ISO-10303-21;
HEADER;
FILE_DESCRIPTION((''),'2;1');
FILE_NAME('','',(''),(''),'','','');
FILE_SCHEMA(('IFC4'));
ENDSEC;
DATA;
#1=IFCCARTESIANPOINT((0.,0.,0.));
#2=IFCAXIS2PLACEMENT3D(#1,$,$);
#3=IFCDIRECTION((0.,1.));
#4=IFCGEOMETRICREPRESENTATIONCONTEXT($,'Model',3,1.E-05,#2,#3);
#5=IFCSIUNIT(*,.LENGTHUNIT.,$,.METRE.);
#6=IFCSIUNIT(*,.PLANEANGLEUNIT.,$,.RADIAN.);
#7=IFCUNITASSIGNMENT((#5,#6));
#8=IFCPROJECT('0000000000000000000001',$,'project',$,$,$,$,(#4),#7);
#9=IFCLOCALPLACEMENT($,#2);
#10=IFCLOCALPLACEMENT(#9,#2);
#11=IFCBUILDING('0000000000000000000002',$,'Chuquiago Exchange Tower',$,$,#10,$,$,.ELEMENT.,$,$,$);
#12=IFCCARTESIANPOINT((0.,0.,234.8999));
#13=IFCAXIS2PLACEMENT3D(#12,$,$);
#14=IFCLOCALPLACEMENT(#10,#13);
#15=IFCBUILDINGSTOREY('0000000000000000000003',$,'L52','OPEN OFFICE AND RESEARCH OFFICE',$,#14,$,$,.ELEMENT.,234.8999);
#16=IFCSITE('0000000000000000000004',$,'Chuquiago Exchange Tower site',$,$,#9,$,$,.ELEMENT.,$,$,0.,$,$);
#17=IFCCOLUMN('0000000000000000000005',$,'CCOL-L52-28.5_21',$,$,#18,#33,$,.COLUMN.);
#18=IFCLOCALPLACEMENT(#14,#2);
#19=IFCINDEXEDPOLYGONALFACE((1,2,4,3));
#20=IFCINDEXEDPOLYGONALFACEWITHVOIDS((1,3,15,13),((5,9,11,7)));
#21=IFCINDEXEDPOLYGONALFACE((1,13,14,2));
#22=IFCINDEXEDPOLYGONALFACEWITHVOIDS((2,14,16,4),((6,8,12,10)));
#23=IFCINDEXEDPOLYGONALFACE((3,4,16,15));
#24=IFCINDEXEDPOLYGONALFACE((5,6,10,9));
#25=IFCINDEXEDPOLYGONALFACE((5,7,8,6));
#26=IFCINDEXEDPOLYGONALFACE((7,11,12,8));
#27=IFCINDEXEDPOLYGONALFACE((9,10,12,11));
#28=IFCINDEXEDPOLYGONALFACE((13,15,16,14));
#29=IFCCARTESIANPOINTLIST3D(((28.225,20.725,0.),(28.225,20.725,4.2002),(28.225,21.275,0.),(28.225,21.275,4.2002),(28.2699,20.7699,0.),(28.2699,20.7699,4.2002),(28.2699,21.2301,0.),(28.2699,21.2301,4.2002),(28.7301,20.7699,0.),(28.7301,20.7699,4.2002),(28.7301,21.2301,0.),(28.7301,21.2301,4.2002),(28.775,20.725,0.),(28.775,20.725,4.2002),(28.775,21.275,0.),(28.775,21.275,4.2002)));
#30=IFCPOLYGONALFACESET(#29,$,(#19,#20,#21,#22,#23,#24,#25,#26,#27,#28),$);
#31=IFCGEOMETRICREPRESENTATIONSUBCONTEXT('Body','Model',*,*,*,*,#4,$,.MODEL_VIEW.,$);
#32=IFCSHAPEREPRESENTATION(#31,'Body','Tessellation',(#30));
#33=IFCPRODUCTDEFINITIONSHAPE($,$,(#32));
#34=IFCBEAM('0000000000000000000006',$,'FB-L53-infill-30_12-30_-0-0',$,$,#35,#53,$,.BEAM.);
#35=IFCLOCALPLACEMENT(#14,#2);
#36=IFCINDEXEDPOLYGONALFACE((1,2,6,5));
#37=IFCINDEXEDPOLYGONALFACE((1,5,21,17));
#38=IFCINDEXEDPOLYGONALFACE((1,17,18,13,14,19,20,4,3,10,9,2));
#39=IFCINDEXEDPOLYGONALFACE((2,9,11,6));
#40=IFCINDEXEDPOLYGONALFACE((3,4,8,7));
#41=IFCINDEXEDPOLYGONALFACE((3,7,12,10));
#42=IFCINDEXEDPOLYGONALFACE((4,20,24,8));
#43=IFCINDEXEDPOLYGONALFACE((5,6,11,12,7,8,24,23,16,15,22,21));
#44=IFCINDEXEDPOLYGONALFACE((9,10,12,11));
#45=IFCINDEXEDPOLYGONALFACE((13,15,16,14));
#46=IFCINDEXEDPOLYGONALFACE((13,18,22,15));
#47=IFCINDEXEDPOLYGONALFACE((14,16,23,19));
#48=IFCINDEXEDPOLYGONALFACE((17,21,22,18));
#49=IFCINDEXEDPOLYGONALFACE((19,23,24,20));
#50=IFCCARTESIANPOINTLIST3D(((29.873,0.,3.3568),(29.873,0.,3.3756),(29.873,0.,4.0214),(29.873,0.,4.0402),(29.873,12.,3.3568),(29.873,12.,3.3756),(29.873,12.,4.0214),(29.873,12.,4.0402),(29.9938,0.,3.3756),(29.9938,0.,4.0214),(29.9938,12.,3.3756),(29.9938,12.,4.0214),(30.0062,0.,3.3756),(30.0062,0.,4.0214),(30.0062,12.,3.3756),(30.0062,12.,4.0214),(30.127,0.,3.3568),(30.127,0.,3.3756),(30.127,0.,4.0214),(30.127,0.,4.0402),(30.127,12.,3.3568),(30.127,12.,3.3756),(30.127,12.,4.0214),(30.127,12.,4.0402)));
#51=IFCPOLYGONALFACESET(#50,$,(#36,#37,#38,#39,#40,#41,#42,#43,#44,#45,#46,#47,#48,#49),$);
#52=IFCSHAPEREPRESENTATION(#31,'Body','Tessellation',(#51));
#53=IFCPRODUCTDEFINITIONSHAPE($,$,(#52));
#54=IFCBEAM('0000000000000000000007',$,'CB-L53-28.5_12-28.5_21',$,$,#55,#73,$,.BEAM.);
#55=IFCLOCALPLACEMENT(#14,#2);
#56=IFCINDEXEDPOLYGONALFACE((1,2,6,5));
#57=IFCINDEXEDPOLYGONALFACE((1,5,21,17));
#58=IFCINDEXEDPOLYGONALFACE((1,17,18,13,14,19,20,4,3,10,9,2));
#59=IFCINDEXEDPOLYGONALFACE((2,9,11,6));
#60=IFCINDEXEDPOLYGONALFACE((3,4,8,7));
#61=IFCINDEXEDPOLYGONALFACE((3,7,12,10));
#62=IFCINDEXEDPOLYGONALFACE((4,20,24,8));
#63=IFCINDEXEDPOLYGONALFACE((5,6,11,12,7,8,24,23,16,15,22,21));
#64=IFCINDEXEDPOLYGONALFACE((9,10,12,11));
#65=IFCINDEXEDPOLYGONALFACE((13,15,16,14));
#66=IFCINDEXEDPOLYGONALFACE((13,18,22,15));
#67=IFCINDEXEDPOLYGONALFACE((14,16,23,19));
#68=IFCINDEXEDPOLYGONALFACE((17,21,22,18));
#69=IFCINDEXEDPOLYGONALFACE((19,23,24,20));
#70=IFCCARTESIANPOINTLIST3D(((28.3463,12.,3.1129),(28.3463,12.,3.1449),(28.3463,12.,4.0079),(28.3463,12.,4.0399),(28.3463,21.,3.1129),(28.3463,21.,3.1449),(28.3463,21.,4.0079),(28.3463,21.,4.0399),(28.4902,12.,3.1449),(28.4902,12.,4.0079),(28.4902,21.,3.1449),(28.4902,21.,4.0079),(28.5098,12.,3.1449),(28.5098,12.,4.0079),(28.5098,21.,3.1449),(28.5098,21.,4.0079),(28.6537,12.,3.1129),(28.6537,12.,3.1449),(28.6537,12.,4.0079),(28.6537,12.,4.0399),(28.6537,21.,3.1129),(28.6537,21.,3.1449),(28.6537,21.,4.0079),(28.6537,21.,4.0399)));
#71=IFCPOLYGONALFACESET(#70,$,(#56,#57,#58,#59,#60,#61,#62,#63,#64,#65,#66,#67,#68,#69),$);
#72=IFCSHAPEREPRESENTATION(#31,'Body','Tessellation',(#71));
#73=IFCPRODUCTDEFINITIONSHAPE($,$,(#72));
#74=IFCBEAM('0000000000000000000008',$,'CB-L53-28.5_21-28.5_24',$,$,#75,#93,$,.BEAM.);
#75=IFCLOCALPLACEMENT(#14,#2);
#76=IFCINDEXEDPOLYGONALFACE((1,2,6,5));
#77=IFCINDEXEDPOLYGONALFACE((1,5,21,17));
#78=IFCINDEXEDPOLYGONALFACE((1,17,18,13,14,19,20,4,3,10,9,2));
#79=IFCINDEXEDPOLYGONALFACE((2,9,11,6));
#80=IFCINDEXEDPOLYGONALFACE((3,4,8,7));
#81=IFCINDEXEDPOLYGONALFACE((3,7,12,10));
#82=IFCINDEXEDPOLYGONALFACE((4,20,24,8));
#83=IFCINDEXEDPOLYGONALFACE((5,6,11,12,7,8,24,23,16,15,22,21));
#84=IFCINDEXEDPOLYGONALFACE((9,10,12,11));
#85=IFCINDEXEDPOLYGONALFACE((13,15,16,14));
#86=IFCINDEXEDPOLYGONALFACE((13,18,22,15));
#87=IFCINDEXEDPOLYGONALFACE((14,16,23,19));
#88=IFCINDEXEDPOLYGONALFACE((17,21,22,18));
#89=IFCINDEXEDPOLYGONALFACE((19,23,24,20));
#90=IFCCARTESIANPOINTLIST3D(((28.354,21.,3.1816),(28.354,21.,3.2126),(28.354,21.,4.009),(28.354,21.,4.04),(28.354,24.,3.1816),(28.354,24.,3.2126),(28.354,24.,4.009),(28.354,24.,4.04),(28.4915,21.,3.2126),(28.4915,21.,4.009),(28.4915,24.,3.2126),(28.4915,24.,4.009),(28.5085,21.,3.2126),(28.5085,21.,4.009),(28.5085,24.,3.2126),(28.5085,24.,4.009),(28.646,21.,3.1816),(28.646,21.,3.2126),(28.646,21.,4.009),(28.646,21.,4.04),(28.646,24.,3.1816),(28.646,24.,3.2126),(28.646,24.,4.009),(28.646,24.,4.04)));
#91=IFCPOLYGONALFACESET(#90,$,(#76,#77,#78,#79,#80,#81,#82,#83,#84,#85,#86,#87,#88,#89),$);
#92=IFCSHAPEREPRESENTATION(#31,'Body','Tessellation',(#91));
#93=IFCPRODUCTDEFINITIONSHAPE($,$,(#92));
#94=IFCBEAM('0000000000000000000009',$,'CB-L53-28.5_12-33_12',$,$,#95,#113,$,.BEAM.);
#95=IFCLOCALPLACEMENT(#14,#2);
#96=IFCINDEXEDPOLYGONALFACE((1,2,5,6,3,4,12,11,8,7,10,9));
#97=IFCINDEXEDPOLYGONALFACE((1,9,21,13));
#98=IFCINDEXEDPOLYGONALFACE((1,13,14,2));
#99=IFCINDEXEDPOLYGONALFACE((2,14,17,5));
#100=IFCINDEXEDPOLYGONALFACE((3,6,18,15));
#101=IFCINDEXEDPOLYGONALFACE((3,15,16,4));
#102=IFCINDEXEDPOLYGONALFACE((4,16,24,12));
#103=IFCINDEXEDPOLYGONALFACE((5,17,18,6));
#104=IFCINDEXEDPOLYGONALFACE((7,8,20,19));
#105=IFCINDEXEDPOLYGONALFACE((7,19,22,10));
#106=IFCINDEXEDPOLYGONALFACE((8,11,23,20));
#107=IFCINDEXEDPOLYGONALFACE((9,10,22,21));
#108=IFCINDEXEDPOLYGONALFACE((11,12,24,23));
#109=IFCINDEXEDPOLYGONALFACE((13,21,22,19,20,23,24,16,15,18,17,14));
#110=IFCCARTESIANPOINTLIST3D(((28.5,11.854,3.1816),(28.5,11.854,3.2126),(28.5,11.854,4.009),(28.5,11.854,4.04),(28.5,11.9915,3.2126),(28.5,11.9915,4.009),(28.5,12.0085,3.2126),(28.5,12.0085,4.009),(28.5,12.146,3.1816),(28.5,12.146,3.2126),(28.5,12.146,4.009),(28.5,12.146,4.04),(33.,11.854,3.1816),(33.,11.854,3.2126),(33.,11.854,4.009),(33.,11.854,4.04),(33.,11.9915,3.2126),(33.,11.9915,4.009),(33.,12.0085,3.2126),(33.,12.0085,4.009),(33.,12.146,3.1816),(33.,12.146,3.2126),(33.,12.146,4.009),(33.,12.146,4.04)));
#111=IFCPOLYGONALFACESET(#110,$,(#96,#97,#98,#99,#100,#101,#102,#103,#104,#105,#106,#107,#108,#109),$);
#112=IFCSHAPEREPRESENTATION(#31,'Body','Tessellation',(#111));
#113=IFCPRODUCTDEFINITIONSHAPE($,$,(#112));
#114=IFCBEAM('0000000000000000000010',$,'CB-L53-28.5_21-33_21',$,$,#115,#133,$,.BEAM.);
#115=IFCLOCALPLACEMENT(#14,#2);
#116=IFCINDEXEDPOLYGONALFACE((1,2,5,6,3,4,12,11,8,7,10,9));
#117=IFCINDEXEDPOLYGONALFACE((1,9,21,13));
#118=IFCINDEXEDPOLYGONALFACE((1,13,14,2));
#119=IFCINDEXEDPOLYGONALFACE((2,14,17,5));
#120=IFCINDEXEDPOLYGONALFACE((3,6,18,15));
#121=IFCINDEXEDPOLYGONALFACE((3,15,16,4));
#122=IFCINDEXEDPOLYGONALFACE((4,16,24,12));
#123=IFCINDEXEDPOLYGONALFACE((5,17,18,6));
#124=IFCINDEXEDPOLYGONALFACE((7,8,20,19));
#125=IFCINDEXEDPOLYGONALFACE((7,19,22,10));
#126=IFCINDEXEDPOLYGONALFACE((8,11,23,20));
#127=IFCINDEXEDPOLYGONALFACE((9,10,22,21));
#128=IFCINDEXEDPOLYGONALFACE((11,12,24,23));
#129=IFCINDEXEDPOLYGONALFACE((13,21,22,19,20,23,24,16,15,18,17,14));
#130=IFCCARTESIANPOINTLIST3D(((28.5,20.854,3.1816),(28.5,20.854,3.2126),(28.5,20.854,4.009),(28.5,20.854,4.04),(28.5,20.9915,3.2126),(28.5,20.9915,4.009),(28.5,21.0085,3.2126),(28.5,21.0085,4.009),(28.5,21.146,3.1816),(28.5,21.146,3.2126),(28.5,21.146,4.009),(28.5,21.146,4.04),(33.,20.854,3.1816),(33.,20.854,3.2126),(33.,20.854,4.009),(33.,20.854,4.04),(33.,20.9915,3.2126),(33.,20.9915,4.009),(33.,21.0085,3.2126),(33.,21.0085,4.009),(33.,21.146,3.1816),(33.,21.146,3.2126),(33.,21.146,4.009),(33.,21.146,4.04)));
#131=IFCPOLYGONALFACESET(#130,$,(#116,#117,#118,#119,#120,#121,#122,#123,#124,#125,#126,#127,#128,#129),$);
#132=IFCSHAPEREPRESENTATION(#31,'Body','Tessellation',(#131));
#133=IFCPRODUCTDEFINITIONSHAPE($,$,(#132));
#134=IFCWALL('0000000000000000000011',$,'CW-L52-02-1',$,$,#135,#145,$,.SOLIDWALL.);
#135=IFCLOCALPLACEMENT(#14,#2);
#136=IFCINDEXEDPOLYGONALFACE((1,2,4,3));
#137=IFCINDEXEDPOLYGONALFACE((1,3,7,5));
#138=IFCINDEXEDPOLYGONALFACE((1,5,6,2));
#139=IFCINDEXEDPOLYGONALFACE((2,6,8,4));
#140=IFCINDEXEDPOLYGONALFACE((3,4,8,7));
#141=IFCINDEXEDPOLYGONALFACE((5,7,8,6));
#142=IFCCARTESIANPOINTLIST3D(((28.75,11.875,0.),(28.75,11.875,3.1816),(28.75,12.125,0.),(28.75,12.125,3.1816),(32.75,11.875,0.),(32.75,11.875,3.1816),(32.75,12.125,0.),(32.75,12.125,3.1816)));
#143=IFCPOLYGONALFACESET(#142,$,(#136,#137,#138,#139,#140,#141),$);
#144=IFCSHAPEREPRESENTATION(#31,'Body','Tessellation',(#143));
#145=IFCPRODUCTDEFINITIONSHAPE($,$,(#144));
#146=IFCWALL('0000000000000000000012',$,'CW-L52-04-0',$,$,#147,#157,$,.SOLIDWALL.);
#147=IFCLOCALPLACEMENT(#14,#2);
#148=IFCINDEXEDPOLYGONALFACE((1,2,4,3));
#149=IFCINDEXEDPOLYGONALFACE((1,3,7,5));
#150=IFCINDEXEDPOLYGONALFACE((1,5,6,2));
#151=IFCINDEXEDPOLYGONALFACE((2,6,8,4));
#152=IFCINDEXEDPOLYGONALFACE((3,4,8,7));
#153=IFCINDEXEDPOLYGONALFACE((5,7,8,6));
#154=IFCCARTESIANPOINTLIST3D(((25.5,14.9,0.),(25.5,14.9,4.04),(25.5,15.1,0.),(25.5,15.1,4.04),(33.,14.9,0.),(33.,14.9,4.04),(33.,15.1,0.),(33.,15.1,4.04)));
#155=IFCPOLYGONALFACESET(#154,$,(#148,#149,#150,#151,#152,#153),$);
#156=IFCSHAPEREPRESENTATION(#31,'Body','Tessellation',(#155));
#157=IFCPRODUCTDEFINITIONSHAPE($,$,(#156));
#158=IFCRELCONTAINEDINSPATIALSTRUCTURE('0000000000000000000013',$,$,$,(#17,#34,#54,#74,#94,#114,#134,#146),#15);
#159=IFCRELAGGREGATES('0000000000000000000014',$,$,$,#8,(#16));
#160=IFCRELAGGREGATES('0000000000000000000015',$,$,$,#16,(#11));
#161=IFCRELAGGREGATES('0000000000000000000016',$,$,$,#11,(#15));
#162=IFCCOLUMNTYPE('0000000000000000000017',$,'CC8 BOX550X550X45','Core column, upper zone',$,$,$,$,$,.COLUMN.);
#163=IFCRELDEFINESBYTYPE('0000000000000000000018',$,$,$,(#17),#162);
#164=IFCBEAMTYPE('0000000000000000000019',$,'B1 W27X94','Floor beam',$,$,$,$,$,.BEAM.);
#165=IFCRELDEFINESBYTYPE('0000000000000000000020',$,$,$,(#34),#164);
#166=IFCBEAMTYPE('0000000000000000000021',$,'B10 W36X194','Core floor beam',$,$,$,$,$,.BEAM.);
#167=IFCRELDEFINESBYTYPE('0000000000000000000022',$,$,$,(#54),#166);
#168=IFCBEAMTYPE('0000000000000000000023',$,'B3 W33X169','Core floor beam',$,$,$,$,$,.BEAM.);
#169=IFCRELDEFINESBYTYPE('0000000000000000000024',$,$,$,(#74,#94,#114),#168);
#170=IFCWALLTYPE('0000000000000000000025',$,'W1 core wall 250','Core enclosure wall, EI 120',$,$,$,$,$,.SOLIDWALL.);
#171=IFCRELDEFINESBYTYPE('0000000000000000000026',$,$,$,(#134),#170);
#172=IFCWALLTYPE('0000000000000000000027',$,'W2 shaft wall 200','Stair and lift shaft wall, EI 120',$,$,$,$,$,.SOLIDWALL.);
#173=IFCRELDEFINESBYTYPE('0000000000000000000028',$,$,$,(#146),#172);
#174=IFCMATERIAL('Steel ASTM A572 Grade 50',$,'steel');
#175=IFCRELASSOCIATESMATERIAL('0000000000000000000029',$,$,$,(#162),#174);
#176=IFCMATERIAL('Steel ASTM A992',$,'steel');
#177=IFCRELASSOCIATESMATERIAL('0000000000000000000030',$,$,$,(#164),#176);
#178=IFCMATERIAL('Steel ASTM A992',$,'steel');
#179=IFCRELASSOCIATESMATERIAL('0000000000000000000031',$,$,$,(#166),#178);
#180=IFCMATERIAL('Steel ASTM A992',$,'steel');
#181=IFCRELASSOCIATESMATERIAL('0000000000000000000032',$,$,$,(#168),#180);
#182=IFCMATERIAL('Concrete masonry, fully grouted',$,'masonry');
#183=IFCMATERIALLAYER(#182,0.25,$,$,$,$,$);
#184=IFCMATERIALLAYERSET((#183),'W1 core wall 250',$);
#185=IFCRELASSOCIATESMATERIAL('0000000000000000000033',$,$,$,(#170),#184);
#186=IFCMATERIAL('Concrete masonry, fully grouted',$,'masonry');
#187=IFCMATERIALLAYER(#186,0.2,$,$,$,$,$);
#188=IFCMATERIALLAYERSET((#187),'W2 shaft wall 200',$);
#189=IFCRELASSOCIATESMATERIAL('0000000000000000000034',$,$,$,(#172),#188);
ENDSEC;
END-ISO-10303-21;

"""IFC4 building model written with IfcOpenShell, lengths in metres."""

from ifc_helpers import new_model, si_unit, direction, frame, frame_2d, origin, origin_2d, place, context, subcontext, project, spatial, rectangle, hollow_rectangle, i_section, extrude, material, layer, layer_set, material_profile, profile_set, type_object, element, save


model = new_model("IFC4")

# Units and contexts
model_context = context("Model", 3, precision=1e-05, world=origin(), true_north=direction((0.0, 1.0)))
body_context = subcontext(model_context, "Body", "Model", "MODEL_VIEW")
ifc_project = project(units=[si_unit("LENGTHUNIT", "METRE"), si_unit("PLANEANGLEUNIT", "RADIAN")], contexts=[model_context])

# Site, building, storey
site_placement = place(None, origin())
site = spatial("IfcSite", under=ifc_project, at=site_placement, Name="Chuquiago Exchange Tower site", CompositionType="ELEMENT", RefElevation=0.0)
building_placement = place(site_placement, origin())
building = spatial("IfcBuilding", under=site, at=building_placement, Name="Chuquiago Exchange Tower", CompositionType="ELEMENT")
storey_placement = place(building_placement, frame((0.0, 0.0, 234.8999)))
storey = spatial("IfcBuildingStorey", under=building, at=storey_placement, Name="L52", Description="OPEN OFFICE AND RESEARCH OFFICE", CompositionType="ELEMENT", Elevation=234.8999)

# Column
ifc_material_1 = material(Name="Steel ASTM A572 Grade 50", Category="steel")
ifc_material_profile_1 = material_profile(ifc_material_1, hollow_rectangle(XDim=0.55, YDim=0.55, WallThickness=0.0449, at=origin_2d()), Name="BOX550X550X45")
ifc_profile_set_1 = profile_set([ifc_material_profile_1], Name="Steel ASTM A572 Grade 50")
column_type = type_object("IfcColumnType", Name="CC8 BOX550X550X45", Description="Core column, upper zone", PredefinedType="COLUMN", material=ifc_profile_set_1)
column_placement = place(storey_placement, frame((28.5, 21.0, 0.0), z_axis=(0.0, 0.0, 1.0), x_axis=(1.0, 0.0, 0.0)))
element("IfcColumn", 1, at=column_placement, inside=storey, type_object=column_type, Name="CCOL-L52-28.5_21", PredefinedType="COLUMN", context=body_context, shape_type="SweptSolid", body=[
    extrude(hollow_rectangle(XDim=0.55, YDim=0.55, WallThickness=0.0449, at=origin_2d()), origin(), (0.0, 0.0, 1.0), 4.2002),
])

# Beams
ifc_material_2 = material(Name="Steel ASTM A992", Category="steel")
ifc_material_profile_2 = material_profile(ifc_material_2, i_section(OverallWidth=0.2539, OverallDepth=0.6833, WebThickness=0.0125, FlangeThickness=0.0188, at=origin_2d()), Name="W27X94")
ifc_profile_set_2 = profile_set([ifc_material_profile_2], Name="Steel ASTM A992")
beam_type_1 = type_object("IfcBeamType", Name="B1 W27X94", Description="Floor beam", PredefinedType="BEAM", material=ifc_profile_set_2)
beam_1_placement = place(storey_placement, frame((30.0, 12.0, 3.6985), z_axis=(0.0, -1.0, 0.0), x_axis=(1.0, 0.0, 0.0)))
element("IfcBeam", 2, at=beam_1_placement, inside=storey, type_object=beam_type_1, Name="FB-L53-infill-30_12-30_-0-0", PredefinedType="BEAM", context=body_context, shape_type="SweptSolid", body=[
    extrude(i_section(OverallWidth=0.2539, OverallDepth=0.6833, WebThickness=0.0125, FlangeThickness=0.0188, at=origin_2d()), origin(), (0.0, 0.0, 1.0), 12.0),
])
ifc_material_3 = material(Name="Steel ASTM A992", Category="steel")
ifc_material_profile_3 = material_profile(ifc_material_3, i_section(OverallWidth=0.3074, OverallDepth=0.927, WebThickness=0.0195, FlangeThickness=0.032, at=origin_2d()), Name="W36X194")
ifc_profile_set_3 = profile_set([ifc_material_profile_3], Name="Steel ASTM A992")
beam_type_2 = type_object("IfcBeamType", Name="B10 W36X194", Description="Core floor beam", PredefinedType="BEAM", material=ifc_profile_set_3)
beam_2_placement = place(storey_placement, frame((28.5, 12.0, 3.5764), z_axis=(0.0, 1.0, 0.0), x_axis=(-1.0, 0.0, 0.0)))
element("IfcBeam", 3, at=beam_2_placement, inside=storey, type_object=beam_type_2, Name="CB-L53-28.5_12-28.5_21", PredefinedType="BEAM", context=body_context, shape_type="SweptSolid", body=[
    extrude(i_section(OverallWidth=0.3074, OverallDepth=0.927, WebThickness=0.0195, FlangeThickness=0.032, at=origin_2d()), origin(), (0.0, 0.0, 1.0), 9.0),
])
ifc_material_4 = material(Name="Steel ASTM A992", Category="steel")
ifc_material_profile_4 = material_profile(ifc_material_4, i_section(OverallWidth=0.292, OverallDepth=0.8584, WebThickness=0.0171, FlangeThickness=0.031, at=origin_2d()), Name="W33X169")
ifc_profile_set_4 = profile_set([ifc_material_profile_4], Name="Steel ASTM A992")
beam_type_3 = type_object("IfcBeamType", Name="B3 W33X169", Description="Core floor beam", PredefinedType="BEAM", material=ifc_profile_set_4)
beam_3_placement = place(storey_placement, frame((28.5, 21.0, 3.6108), z_axis=(0.0, 1.0, 0.0), x_axis=(-1.0, 0.0, 0.0)))
element("IfcBeam", 4, at=beam_3_placement, inside=storey, type_object=beam_type_3, Name="CB-L53-28.5_21-28.5_24", PredefinedType="BEAM", context=body_context, shape_type="SweptSolid", body=[
    extrude(i_section(OverallWidth=0.292, OverallDepth=0.8584, WebThickness=0.0171, FlangeThickness=0.031, at=origin_2d()), origin(), (0.0, 0.0, 1.0), 3.0),
])
for number, where, z_axis, x_axis, name in (
    (5, (28.5, 12.0, 3.6108), (1.0, 0.0, 0.0), (0.0, 1.0, 0.0), "CB-L53-28.5_12-33_12"),
    (6, (28.5, 21.0, 3.6108), (1.0, 0.0, 0.0), (0.0, 1.0, 0.0), "CB-L53-28.5_21-33_21"),
):
    element("IfcBeam", number, at=place(storey_placement, frame(where, z_axis=z_axis, x_axis=x_axis)), inside=storey, type_object=beam_type_3, Name=name, PredefinedType="BEAM", context=body_context, shape_type="SweptSolid", body=[
        extrude(i_section(OverallWidth=0.292, OverallDepth=0.8584, WebThickness=0.0171, FlangeThickness=0.031, at=origin_2d()), origin(), (0.0, 0.0, 1.0), 4.5),
    ])

# Walls
ifc_material_5 = material(Name="Concrete masonry, fully grouted", Category="masonry")
ifc_layer_1 = layer(ifc_material_5, 0.25)
ifc_layer_set_1 = layer_set([ifc_layer_1], Name="W1 core wall 250")
wall_type_1 = type_object("IfcWallType", Name="W1 core wall 250", Description="Core enclosure wall, EI 120", PredefinedType="SOLIDWALL", material=ifc_layer_set_1)
wall_1_placement = place(storey_placement, frame((28.75, 12.0, 0.0), z_axis=(0.0, 0.0, 1.0), x_axis=(1.0, 0.0, 0.0)))
element("IfcWall", 7, at=wall_1_placement, inside=storey, type_object=wall_type_1, Name="CW-L52-02-1", PredefinedType="SOLIDWALL", context=body_context, shape_type="SweptSolid", body=[
    extrude(rectangle(XDim=4.0, YDim=0.25, at=frame_2d((2.0, 0.0))), origin(), (0.0, 0.0, 1.0), 3.1816),
])
ifc_material_6 = material(Name="Concrete masonry, fully grouted", Category="masonry")
ifc_layer_2 = layer(ifc_material_6, 0.2)
ifc_layer_set_2 = layer_set([ifc_layer_2], Name="W2 shaft wall 200")
wall_type_2 = type_object("IfcWallType", Name="W2 shaft wall 200", Description="Stair and lift shaft wall, EI 120", PredefinedType="SOLIDWALL", material=ifc_layer_set_2)
wall_2_placement = place(storey_placement, frame((25.5, 15.0, 0.0), z_axis=(0.0, 0.0, 1.0), x_axis=(1.0, 0.0, 0.0)))
element("IfcWall", 8, at=wall_2_placement, inside=storey, type_object=wall_type_2, Name="CW-L52-04-0", PredefinedType="SOLIDWALL", context=body_context, shape_type="SweptSolid", body=[
    extrude(rectangle(XDim=7.5, YDim=0.2, at=frame_2d((3.75, 0.0))), origin(), (0.0, 0.0, 1.0), 4.04),
])

save(model, "model.ifc")
